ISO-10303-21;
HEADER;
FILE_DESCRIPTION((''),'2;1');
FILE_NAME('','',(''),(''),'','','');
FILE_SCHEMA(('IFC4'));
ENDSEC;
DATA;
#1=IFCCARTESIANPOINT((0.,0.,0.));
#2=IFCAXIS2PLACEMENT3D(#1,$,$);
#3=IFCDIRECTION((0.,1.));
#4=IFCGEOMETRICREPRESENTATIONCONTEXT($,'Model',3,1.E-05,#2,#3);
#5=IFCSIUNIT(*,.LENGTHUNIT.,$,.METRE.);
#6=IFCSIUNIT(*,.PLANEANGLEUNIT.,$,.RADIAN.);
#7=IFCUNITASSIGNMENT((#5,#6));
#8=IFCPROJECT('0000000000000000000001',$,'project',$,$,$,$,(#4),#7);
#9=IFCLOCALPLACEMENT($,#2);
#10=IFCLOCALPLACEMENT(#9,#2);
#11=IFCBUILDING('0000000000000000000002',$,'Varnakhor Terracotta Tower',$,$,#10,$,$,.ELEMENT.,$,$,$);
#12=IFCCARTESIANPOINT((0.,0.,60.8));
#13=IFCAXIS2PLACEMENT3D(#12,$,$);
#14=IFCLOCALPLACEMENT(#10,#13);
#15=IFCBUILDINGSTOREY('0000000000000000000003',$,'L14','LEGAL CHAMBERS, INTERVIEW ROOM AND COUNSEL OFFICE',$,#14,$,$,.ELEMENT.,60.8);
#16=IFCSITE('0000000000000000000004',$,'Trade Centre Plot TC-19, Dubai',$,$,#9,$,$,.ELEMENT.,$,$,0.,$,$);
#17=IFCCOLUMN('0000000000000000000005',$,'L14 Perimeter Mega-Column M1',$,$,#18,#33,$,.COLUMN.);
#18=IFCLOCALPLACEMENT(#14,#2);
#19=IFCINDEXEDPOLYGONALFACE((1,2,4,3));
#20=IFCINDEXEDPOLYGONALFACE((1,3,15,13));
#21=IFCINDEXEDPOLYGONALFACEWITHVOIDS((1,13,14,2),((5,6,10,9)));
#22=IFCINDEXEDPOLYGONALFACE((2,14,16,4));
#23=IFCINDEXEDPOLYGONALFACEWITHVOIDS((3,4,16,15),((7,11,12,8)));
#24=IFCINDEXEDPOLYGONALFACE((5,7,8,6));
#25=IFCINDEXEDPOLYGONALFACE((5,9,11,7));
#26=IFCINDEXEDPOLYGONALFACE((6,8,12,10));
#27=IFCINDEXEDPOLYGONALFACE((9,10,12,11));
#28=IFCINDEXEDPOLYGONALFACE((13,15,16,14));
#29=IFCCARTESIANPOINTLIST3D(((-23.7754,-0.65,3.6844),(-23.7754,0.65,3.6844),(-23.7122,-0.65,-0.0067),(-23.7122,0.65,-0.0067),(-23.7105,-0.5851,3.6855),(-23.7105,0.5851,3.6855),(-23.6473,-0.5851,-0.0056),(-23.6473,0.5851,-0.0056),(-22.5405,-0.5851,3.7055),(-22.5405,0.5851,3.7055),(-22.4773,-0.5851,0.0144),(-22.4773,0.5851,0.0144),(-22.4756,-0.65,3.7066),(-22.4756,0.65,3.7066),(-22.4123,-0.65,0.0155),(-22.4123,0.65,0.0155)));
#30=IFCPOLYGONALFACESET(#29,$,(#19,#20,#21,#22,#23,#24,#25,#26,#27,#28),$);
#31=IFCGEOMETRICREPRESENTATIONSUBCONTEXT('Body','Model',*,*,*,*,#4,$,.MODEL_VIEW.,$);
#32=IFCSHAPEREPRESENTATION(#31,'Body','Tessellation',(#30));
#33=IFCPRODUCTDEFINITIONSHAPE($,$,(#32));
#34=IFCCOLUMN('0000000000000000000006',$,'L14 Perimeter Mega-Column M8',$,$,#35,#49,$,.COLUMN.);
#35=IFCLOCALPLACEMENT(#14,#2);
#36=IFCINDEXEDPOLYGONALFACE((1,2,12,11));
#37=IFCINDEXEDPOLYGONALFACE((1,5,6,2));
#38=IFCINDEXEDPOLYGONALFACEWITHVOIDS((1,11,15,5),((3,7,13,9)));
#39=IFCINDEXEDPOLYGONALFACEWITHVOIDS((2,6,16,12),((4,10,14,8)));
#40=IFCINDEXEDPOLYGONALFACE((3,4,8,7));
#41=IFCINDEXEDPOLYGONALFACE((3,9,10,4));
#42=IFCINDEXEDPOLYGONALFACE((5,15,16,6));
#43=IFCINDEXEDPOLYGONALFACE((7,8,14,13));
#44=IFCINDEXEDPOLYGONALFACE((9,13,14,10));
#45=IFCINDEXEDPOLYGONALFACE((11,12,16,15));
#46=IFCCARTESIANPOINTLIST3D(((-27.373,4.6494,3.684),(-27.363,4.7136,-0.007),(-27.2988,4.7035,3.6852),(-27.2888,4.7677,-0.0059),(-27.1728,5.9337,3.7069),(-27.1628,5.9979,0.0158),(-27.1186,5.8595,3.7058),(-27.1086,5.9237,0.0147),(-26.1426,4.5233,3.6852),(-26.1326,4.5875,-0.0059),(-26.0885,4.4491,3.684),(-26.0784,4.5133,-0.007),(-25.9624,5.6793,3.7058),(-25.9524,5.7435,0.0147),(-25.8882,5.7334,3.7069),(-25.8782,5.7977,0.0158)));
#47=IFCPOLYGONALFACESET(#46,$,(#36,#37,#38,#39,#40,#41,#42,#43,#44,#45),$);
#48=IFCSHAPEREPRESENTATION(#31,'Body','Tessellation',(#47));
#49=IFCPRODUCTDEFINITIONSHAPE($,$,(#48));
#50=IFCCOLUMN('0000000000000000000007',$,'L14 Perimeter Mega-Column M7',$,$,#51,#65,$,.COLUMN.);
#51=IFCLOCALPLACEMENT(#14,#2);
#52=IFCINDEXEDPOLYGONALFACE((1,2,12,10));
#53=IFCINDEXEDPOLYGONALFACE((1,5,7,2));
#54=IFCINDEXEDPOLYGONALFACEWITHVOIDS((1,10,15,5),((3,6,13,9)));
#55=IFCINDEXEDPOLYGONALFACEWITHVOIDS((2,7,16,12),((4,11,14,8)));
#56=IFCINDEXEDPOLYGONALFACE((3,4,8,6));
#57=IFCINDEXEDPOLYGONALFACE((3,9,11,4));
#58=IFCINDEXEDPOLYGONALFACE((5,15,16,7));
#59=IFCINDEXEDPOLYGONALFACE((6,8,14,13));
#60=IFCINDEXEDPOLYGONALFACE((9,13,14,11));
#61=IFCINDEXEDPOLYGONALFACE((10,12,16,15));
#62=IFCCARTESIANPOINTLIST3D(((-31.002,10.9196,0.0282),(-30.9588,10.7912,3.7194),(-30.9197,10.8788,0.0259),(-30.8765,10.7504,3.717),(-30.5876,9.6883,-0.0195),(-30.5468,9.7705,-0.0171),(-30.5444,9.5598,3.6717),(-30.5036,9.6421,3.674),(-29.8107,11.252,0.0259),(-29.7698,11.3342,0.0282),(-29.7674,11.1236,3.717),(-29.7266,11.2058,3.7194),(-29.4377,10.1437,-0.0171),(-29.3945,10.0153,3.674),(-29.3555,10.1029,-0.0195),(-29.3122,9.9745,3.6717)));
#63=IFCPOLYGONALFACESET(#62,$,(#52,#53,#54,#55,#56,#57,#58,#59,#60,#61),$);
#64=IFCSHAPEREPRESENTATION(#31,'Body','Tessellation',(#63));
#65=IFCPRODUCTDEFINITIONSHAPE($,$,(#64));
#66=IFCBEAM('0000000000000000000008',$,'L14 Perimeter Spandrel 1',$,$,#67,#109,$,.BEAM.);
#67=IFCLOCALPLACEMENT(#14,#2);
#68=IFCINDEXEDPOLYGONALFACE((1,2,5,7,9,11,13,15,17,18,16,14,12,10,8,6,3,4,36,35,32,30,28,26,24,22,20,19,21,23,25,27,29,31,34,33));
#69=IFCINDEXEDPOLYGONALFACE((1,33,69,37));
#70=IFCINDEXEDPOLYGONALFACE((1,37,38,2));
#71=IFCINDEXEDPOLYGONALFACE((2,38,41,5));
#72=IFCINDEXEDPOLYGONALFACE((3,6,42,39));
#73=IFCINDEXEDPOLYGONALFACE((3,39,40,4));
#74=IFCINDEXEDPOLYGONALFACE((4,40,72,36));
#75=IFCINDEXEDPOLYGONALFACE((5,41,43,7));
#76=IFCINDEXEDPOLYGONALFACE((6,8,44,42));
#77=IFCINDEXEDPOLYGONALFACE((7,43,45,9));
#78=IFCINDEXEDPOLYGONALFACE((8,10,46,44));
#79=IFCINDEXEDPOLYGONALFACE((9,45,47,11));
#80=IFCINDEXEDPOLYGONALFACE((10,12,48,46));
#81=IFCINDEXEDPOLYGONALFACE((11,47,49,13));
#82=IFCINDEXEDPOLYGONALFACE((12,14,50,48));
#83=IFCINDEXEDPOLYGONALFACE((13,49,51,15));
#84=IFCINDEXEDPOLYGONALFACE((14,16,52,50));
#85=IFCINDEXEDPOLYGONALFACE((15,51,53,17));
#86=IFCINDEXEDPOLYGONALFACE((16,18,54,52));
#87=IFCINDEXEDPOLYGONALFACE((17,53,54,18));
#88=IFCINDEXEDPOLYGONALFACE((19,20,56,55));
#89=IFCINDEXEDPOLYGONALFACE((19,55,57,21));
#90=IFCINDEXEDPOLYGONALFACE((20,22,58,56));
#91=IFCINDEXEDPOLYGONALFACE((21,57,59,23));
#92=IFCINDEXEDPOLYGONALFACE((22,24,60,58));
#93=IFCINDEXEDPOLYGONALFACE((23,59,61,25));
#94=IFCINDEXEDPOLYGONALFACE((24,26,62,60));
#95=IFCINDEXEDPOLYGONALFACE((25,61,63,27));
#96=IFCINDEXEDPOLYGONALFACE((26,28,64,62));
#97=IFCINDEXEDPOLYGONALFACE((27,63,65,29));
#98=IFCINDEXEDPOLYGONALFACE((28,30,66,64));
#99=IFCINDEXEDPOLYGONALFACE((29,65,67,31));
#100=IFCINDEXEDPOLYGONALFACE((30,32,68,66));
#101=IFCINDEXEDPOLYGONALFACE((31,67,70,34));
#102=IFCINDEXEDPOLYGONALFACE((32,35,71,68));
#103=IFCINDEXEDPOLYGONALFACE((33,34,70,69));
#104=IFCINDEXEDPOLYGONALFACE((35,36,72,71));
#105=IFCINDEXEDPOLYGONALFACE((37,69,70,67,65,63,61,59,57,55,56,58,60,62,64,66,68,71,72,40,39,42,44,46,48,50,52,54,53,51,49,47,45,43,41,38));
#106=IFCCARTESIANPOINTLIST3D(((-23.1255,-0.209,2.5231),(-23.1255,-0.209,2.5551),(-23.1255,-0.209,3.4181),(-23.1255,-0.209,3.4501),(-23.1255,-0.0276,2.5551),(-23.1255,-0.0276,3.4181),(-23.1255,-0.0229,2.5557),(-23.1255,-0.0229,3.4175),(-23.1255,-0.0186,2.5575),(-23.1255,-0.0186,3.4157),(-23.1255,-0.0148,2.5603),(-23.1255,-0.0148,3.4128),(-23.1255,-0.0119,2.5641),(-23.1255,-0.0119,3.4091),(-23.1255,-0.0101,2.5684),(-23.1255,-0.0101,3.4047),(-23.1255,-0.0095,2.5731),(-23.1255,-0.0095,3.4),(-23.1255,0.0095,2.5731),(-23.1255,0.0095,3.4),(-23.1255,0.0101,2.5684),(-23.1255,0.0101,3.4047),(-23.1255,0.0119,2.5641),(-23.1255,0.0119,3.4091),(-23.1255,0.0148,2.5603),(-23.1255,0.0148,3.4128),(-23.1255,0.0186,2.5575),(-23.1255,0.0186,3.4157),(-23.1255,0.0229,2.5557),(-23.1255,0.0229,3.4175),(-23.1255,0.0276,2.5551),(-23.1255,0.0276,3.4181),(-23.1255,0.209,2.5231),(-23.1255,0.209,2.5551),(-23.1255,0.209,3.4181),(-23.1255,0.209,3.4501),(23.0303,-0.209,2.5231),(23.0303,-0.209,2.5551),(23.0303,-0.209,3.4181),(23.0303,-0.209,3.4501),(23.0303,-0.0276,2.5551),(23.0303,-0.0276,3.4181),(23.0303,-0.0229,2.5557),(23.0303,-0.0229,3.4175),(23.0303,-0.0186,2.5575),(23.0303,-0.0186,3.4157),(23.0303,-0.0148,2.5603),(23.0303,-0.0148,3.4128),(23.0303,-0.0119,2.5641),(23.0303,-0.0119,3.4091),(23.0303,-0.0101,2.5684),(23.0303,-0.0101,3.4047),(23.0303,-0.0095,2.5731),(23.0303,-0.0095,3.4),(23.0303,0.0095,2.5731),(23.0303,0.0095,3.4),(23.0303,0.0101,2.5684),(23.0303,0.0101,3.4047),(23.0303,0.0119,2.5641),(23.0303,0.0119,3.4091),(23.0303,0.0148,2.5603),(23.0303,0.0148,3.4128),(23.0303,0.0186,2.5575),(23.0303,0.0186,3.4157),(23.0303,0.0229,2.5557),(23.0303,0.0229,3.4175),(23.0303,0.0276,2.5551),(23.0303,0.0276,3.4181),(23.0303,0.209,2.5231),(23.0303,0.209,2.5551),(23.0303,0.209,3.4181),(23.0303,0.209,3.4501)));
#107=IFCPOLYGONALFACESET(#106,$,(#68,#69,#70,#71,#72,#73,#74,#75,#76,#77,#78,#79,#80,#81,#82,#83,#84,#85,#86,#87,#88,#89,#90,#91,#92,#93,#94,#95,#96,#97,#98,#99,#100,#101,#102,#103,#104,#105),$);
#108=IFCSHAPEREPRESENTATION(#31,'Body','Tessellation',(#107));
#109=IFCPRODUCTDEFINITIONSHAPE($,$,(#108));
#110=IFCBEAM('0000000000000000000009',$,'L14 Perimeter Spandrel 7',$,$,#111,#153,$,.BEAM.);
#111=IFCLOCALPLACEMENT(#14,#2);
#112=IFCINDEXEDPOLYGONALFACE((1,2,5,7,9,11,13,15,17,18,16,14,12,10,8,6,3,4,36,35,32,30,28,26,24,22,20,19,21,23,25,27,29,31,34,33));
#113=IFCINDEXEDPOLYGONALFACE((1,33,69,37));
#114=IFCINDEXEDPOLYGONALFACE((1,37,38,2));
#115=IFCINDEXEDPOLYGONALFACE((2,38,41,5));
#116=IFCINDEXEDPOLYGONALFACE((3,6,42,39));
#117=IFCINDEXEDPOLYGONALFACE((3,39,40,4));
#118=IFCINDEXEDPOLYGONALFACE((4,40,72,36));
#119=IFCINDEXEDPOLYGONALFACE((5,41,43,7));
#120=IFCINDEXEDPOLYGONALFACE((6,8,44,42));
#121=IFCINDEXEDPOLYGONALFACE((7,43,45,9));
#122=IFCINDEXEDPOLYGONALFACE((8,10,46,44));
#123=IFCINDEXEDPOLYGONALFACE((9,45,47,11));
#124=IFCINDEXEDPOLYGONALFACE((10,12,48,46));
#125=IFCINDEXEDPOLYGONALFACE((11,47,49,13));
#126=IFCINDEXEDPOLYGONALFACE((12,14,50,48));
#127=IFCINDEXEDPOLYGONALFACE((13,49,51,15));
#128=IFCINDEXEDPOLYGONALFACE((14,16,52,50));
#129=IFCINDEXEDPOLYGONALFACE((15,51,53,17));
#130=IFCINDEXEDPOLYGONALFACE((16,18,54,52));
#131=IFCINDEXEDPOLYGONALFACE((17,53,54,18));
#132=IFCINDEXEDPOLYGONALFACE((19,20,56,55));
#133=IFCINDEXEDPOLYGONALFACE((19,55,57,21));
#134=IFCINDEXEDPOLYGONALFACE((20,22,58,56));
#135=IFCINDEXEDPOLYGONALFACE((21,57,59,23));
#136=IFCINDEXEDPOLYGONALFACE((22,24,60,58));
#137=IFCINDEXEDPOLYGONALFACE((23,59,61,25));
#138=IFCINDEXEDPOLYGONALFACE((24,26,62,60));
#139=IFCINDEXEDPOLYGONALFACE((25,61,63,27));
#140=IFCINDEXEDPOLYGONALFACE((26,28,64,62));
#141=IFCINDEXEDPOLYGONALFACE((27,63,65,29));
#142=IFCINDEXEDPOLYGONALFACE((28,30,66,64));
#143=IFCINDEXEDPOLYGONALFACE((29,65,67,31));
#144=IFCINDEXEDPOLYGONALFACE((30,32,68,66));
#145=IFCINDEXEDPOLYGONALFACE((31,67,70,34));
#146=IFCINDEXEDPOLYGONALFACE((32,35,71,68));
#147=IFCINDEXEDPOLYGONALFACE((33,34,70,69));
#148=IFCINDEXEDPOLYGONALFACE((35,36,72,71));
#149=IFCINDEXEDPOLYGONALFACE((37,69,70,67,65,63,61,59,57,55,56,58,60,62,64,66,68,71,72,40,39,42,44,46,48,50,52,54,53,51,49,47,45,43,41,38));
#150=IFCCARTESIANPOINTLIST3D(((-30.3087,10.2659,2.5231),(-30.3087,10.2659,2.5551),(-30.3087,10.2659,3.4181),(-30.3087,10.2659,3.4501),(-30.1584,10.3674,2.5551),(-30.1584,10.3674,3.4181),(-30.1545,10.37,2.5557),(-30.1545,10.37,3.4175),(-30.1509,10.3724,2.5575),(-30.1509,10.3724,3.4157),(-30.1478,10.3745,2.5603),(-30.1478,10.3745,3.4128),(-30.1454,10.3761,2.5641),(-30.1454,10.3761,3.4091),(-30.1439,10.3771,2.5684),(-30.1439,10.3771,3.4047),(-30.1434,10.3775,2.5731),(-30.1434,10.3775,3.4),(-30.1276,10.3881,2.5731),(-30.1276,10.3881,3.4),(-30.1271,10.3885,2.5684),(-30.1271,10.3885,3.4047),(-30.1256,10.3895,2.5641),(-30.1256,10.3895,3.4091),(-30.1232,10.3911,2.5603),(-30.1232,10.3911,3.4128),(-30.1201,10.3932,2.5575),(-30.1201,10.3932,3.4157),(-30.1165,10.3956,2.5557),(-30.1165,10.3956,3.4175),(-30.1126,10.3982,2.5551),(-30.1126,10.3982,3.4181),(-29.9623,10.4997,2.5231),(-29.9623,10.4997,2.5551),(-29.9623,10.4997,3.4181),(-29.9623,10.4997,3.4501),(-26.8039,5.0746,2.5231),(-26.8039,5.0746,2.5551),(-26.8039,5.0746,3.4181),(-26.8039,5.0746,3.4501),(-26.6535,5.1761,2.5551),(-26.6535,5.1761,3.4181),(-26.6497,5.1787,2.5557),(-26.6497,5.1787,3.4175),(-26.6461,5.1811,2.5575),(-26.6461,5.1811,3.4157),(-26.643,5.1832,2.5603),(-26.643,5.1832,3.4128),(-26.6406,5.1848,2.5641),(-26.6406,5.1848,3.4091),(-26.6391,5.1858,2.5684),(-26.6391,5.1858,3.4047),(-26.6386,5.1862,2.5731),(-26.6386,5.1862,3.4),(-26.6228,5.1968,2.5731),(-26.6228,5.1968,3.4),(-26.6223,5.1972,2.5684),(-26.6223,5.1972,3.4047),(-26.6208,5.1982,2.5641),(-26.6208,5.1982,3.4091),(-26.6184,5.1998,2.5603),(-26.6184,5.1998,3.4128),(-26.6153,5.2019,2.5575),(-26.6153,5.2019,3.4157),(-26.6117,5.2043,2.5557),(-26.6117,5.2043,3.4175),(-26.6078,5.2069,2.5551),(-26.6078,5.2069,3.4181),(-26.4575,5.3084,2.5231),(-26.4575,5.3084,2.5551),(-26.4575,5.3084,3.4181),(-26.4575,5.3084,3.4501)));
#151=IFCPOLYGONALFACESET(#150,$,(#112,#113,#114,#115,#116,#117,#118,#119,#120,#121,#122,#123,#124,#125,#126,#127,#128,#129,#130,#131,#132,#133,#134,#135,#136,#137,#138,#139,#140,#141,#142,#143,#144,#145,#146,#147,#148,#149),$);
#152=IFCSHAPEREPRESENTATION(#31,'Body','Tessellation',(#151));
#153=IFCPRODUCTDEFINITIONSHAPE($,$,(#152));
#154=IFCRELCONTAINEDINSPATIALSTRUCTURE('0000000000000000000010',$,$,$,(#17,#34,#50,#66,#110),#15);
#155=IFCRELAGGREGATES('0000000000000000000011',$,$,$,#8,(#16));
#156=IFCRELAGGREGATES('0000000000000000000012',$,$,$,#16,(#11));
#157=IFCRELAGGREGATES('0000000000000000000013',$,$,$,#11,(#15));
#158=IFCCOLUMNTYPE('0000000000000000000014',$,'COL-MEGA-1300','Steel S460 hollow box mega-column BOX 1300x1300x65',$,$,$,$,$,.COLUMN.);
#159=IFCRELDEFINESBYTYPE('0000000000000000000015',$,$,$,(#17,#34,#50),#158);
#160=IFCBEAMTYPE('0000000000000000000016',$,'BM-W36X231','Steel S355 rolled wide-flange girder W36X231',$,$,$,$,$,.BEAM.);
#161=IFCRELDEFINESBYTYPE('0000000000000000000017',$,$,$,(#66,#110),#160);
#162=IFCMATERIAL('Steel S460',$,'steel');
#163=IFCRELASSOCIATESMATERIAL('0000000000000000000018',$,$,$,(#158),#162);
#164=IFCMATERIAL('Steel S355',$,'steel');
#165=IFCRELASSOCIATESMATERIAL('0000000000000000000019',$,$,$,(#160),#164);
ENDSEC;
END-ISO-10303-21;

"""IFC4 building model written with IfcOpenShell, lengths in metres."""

from ifc_helpers import new_model, si_unit, direction, frame, origin, origin_2d, place, context, subcontext, project, spatial, hollow_rectangle, i_section, extrude, source, transform, mapped, material, material_profile, profile_set, type_object, element, save


model = new_model("IFC4")

# Units and contexts
model_context = context("Model", 3, precision=1e-05, world=origin(), true_north=direction((0.0, 1.0)))
body_context = subcontext(model_context, "Body", "Model", "MODEL_VIEW")
ifc_project = project(units=[si_unit("LENGTHUNIT", "METRE"), si_unit("PLANEANGLEUNIT", "RADIAN")], contexts=[model_context])

# Site, building, storey
site_placement = place(None, origin())
site = spatial("IfcSite", under=ifc_project, at=site_placement, Name="Trade Centre Plot TC-19, Dubai", CompositionType="ELEMENT", RefElevation=0.0)
building_placement = place(site_placement, origin())
building = spatial("IfcBuilding", under=site, at=building_placement, Name="Varnakhor Terracotta Tower", CompositionType="ELEMENT")
storey_placement = place(building_placement, frame((0.0, 0.0, 60.8)))
storey = spatial("IfcBuildingStorey", under=building, at=storey_placement, Name="L14", Description="LEGAL CHAMBERS, INTERVIEW ROOM AND COUNSEL OFFICE", CompositionType="ELEMENT", Elevation=60.8)

# Columns
ifc_material_1 = material(Name="Steel S460", Category="steel")
ifc_material_profile_1 = material_profile(ifc_material_1, hollow_rectangle(XDim=1.3, YDim=1.3, WallThickness=0.0649, at=origin_2d()), Name="BOX 1300x1300x65")
ifc_profile_set_1 = profile_set([ifc_material_profile_1], Name="Steel S460")
column_type = type_object("IfcColumnType", Name="COL-MEGA-1300", Description="Steel S460 hollow box mega-column BOX 1300x1300x65", PredefinedType="COLUMN", material=ifc_profile_set_1)
shared_shape_1 = source(origin(), body_context, "Body", "SweptSolid", [
    extrude(hollow_rectangle(XDim=1.3, YDim=1.3, WallThickness=0.0649, at=origin_2d()), origin(), (0.0, 0.0, 1.0), 3.6917),
])
for number, where, z_axis, x_axis, name in (
    (1, (-23.0623, 0.0, 0.0044), (-0.017128, 0.0, 0.999853), (0.0, -1.0, 0.0), "L14 Perimeter Mega-Column M1"),
    (2, (-26.6206, 5.2556, 0.0044), (-0.002711, -0.017393, 0.999845), (0.988066, -0.154033, 0.0), "L14 Perimeter Mega-Column M8"),
):
    element("IfcColumn", number, at=place(storey_placement, frame(where, z_axis=z_axis, x_axis=x_axis)), inside=storey, type_object=column_type, Name=name, PredefinedType="COLUMN", context=body_context, shape_type="MappedRepresentation", body=[
        mapped(shared_shape_1, transform((0.0, 0.0, 0.0), scale=1.0)),
    ])
shared_shape_2 = source(origin(), body_context, "Body", "SweptSolid", [
    extrude(hollow_rectangle(XDim=1.3, YDim=1.3, WallThickness=0.0649, at=origin_2d()), origin(), (0.0, 0.0, 1.0), 3.6936),
])
column_placement = place(storey_placement, frame((-30.1787, 10.5112, 0.0044), z_axis=(0.011699, -0.034767, 0.999327), x_axis=(0.947779, 0.318929, 0.0)))
element("IfcColumn", 3, at=column_placement, inside=storey, type_object=column_type, Name="L14 Perimeter Mega-Column M7", PredefinedType="COLUMN", context=body_context, shape_type="MappedRepresentation", body=[
    mapped(shared_shape_2, transform((0.0, 0.0, 0.0), scale=1.0)),
])

# Beams
ifc_material_2 = material(Name="Steel S355", Category="steel")
ifc_material_profile_2 = material_profile(ifc_material_2, i_section(OverallWidth=0.418, OverallDepth=0.927, WebThickness=0.019, FlangeThickness=0.032, FilletRadius=0.0181, at=origin_2d()), Name="W36X231")
ifc_profile_set_2 = profile_set([ifc_material_profile_2], Name="Steel S355")
beam_type_1 = type_object("IfcBeamType", Name="BM-W36X231", Description="Steel S355 rolled wide-flange girder W36X231", PredefinedType="BEAM", material=ifc_profile_set_2)
shared_shape_3 = source(origin(), body_context, "Body", "SweptSolid", [
    extrude(i_section(OverallWidth=0.418, OverallDepth=0.927, WebThickness=0.019, FlangeThickness=0.032, FilletRadius=0.0181, at=origin_2d()), origin(), (0.0, 0.0, 1.0), 46.1558),
])
beam_1_placement = place(storey_placement, frame((-23.1255, 0.0, 2.9866), z_axis=(1.0, 0.0, 0.0), x_axis=(0.0, 1.0, 0.0)))
element("IfcBeam", 4, at=beam_1_placement, inside=storey, type_object=beam_type_1, Name="L14 Perimeter Spandrel 1", PredefinedType="BEAM", context=body_context, shape_type="MappedRepresentation", body=[
    mapped(shared_shape_3, transform((0.0, 0.0, 0.0), scale=1.0)),
])
shared_shape_4 = source(origin(), body_context, "Body", "SweptSolid", [
    extrude(i_section(OverallWidth=0.418, OverallDepth=0.927, WebThickness=0.019, FlangeThickness=0.032, FilletRadius=0.0181, at=origin_2d()), origin(), (0.0, 0.0, 1.0), 6.2637),
])
beam_2_placement = place(storey_placement, frame((-30.1355, 10.3828, 2.9866), z_axis=(0.559548, -0.828798, 0.0), x_axis=(0.828798, 0.559548, 0.0)))
element("IfcBeam", 5, at=beam_2_placement, inside=storey, type_object=beam_type_1, Name="L14 Perimeter Spandrel 7", PredefinedType="BEAM", context=body_context, shape_type="MappedRepresentation", body=[
    mapped(shared_shape_4, transform((0.0, 0.0, 0.0), scale=1.0)),
])

save(model, "model.ifc")
